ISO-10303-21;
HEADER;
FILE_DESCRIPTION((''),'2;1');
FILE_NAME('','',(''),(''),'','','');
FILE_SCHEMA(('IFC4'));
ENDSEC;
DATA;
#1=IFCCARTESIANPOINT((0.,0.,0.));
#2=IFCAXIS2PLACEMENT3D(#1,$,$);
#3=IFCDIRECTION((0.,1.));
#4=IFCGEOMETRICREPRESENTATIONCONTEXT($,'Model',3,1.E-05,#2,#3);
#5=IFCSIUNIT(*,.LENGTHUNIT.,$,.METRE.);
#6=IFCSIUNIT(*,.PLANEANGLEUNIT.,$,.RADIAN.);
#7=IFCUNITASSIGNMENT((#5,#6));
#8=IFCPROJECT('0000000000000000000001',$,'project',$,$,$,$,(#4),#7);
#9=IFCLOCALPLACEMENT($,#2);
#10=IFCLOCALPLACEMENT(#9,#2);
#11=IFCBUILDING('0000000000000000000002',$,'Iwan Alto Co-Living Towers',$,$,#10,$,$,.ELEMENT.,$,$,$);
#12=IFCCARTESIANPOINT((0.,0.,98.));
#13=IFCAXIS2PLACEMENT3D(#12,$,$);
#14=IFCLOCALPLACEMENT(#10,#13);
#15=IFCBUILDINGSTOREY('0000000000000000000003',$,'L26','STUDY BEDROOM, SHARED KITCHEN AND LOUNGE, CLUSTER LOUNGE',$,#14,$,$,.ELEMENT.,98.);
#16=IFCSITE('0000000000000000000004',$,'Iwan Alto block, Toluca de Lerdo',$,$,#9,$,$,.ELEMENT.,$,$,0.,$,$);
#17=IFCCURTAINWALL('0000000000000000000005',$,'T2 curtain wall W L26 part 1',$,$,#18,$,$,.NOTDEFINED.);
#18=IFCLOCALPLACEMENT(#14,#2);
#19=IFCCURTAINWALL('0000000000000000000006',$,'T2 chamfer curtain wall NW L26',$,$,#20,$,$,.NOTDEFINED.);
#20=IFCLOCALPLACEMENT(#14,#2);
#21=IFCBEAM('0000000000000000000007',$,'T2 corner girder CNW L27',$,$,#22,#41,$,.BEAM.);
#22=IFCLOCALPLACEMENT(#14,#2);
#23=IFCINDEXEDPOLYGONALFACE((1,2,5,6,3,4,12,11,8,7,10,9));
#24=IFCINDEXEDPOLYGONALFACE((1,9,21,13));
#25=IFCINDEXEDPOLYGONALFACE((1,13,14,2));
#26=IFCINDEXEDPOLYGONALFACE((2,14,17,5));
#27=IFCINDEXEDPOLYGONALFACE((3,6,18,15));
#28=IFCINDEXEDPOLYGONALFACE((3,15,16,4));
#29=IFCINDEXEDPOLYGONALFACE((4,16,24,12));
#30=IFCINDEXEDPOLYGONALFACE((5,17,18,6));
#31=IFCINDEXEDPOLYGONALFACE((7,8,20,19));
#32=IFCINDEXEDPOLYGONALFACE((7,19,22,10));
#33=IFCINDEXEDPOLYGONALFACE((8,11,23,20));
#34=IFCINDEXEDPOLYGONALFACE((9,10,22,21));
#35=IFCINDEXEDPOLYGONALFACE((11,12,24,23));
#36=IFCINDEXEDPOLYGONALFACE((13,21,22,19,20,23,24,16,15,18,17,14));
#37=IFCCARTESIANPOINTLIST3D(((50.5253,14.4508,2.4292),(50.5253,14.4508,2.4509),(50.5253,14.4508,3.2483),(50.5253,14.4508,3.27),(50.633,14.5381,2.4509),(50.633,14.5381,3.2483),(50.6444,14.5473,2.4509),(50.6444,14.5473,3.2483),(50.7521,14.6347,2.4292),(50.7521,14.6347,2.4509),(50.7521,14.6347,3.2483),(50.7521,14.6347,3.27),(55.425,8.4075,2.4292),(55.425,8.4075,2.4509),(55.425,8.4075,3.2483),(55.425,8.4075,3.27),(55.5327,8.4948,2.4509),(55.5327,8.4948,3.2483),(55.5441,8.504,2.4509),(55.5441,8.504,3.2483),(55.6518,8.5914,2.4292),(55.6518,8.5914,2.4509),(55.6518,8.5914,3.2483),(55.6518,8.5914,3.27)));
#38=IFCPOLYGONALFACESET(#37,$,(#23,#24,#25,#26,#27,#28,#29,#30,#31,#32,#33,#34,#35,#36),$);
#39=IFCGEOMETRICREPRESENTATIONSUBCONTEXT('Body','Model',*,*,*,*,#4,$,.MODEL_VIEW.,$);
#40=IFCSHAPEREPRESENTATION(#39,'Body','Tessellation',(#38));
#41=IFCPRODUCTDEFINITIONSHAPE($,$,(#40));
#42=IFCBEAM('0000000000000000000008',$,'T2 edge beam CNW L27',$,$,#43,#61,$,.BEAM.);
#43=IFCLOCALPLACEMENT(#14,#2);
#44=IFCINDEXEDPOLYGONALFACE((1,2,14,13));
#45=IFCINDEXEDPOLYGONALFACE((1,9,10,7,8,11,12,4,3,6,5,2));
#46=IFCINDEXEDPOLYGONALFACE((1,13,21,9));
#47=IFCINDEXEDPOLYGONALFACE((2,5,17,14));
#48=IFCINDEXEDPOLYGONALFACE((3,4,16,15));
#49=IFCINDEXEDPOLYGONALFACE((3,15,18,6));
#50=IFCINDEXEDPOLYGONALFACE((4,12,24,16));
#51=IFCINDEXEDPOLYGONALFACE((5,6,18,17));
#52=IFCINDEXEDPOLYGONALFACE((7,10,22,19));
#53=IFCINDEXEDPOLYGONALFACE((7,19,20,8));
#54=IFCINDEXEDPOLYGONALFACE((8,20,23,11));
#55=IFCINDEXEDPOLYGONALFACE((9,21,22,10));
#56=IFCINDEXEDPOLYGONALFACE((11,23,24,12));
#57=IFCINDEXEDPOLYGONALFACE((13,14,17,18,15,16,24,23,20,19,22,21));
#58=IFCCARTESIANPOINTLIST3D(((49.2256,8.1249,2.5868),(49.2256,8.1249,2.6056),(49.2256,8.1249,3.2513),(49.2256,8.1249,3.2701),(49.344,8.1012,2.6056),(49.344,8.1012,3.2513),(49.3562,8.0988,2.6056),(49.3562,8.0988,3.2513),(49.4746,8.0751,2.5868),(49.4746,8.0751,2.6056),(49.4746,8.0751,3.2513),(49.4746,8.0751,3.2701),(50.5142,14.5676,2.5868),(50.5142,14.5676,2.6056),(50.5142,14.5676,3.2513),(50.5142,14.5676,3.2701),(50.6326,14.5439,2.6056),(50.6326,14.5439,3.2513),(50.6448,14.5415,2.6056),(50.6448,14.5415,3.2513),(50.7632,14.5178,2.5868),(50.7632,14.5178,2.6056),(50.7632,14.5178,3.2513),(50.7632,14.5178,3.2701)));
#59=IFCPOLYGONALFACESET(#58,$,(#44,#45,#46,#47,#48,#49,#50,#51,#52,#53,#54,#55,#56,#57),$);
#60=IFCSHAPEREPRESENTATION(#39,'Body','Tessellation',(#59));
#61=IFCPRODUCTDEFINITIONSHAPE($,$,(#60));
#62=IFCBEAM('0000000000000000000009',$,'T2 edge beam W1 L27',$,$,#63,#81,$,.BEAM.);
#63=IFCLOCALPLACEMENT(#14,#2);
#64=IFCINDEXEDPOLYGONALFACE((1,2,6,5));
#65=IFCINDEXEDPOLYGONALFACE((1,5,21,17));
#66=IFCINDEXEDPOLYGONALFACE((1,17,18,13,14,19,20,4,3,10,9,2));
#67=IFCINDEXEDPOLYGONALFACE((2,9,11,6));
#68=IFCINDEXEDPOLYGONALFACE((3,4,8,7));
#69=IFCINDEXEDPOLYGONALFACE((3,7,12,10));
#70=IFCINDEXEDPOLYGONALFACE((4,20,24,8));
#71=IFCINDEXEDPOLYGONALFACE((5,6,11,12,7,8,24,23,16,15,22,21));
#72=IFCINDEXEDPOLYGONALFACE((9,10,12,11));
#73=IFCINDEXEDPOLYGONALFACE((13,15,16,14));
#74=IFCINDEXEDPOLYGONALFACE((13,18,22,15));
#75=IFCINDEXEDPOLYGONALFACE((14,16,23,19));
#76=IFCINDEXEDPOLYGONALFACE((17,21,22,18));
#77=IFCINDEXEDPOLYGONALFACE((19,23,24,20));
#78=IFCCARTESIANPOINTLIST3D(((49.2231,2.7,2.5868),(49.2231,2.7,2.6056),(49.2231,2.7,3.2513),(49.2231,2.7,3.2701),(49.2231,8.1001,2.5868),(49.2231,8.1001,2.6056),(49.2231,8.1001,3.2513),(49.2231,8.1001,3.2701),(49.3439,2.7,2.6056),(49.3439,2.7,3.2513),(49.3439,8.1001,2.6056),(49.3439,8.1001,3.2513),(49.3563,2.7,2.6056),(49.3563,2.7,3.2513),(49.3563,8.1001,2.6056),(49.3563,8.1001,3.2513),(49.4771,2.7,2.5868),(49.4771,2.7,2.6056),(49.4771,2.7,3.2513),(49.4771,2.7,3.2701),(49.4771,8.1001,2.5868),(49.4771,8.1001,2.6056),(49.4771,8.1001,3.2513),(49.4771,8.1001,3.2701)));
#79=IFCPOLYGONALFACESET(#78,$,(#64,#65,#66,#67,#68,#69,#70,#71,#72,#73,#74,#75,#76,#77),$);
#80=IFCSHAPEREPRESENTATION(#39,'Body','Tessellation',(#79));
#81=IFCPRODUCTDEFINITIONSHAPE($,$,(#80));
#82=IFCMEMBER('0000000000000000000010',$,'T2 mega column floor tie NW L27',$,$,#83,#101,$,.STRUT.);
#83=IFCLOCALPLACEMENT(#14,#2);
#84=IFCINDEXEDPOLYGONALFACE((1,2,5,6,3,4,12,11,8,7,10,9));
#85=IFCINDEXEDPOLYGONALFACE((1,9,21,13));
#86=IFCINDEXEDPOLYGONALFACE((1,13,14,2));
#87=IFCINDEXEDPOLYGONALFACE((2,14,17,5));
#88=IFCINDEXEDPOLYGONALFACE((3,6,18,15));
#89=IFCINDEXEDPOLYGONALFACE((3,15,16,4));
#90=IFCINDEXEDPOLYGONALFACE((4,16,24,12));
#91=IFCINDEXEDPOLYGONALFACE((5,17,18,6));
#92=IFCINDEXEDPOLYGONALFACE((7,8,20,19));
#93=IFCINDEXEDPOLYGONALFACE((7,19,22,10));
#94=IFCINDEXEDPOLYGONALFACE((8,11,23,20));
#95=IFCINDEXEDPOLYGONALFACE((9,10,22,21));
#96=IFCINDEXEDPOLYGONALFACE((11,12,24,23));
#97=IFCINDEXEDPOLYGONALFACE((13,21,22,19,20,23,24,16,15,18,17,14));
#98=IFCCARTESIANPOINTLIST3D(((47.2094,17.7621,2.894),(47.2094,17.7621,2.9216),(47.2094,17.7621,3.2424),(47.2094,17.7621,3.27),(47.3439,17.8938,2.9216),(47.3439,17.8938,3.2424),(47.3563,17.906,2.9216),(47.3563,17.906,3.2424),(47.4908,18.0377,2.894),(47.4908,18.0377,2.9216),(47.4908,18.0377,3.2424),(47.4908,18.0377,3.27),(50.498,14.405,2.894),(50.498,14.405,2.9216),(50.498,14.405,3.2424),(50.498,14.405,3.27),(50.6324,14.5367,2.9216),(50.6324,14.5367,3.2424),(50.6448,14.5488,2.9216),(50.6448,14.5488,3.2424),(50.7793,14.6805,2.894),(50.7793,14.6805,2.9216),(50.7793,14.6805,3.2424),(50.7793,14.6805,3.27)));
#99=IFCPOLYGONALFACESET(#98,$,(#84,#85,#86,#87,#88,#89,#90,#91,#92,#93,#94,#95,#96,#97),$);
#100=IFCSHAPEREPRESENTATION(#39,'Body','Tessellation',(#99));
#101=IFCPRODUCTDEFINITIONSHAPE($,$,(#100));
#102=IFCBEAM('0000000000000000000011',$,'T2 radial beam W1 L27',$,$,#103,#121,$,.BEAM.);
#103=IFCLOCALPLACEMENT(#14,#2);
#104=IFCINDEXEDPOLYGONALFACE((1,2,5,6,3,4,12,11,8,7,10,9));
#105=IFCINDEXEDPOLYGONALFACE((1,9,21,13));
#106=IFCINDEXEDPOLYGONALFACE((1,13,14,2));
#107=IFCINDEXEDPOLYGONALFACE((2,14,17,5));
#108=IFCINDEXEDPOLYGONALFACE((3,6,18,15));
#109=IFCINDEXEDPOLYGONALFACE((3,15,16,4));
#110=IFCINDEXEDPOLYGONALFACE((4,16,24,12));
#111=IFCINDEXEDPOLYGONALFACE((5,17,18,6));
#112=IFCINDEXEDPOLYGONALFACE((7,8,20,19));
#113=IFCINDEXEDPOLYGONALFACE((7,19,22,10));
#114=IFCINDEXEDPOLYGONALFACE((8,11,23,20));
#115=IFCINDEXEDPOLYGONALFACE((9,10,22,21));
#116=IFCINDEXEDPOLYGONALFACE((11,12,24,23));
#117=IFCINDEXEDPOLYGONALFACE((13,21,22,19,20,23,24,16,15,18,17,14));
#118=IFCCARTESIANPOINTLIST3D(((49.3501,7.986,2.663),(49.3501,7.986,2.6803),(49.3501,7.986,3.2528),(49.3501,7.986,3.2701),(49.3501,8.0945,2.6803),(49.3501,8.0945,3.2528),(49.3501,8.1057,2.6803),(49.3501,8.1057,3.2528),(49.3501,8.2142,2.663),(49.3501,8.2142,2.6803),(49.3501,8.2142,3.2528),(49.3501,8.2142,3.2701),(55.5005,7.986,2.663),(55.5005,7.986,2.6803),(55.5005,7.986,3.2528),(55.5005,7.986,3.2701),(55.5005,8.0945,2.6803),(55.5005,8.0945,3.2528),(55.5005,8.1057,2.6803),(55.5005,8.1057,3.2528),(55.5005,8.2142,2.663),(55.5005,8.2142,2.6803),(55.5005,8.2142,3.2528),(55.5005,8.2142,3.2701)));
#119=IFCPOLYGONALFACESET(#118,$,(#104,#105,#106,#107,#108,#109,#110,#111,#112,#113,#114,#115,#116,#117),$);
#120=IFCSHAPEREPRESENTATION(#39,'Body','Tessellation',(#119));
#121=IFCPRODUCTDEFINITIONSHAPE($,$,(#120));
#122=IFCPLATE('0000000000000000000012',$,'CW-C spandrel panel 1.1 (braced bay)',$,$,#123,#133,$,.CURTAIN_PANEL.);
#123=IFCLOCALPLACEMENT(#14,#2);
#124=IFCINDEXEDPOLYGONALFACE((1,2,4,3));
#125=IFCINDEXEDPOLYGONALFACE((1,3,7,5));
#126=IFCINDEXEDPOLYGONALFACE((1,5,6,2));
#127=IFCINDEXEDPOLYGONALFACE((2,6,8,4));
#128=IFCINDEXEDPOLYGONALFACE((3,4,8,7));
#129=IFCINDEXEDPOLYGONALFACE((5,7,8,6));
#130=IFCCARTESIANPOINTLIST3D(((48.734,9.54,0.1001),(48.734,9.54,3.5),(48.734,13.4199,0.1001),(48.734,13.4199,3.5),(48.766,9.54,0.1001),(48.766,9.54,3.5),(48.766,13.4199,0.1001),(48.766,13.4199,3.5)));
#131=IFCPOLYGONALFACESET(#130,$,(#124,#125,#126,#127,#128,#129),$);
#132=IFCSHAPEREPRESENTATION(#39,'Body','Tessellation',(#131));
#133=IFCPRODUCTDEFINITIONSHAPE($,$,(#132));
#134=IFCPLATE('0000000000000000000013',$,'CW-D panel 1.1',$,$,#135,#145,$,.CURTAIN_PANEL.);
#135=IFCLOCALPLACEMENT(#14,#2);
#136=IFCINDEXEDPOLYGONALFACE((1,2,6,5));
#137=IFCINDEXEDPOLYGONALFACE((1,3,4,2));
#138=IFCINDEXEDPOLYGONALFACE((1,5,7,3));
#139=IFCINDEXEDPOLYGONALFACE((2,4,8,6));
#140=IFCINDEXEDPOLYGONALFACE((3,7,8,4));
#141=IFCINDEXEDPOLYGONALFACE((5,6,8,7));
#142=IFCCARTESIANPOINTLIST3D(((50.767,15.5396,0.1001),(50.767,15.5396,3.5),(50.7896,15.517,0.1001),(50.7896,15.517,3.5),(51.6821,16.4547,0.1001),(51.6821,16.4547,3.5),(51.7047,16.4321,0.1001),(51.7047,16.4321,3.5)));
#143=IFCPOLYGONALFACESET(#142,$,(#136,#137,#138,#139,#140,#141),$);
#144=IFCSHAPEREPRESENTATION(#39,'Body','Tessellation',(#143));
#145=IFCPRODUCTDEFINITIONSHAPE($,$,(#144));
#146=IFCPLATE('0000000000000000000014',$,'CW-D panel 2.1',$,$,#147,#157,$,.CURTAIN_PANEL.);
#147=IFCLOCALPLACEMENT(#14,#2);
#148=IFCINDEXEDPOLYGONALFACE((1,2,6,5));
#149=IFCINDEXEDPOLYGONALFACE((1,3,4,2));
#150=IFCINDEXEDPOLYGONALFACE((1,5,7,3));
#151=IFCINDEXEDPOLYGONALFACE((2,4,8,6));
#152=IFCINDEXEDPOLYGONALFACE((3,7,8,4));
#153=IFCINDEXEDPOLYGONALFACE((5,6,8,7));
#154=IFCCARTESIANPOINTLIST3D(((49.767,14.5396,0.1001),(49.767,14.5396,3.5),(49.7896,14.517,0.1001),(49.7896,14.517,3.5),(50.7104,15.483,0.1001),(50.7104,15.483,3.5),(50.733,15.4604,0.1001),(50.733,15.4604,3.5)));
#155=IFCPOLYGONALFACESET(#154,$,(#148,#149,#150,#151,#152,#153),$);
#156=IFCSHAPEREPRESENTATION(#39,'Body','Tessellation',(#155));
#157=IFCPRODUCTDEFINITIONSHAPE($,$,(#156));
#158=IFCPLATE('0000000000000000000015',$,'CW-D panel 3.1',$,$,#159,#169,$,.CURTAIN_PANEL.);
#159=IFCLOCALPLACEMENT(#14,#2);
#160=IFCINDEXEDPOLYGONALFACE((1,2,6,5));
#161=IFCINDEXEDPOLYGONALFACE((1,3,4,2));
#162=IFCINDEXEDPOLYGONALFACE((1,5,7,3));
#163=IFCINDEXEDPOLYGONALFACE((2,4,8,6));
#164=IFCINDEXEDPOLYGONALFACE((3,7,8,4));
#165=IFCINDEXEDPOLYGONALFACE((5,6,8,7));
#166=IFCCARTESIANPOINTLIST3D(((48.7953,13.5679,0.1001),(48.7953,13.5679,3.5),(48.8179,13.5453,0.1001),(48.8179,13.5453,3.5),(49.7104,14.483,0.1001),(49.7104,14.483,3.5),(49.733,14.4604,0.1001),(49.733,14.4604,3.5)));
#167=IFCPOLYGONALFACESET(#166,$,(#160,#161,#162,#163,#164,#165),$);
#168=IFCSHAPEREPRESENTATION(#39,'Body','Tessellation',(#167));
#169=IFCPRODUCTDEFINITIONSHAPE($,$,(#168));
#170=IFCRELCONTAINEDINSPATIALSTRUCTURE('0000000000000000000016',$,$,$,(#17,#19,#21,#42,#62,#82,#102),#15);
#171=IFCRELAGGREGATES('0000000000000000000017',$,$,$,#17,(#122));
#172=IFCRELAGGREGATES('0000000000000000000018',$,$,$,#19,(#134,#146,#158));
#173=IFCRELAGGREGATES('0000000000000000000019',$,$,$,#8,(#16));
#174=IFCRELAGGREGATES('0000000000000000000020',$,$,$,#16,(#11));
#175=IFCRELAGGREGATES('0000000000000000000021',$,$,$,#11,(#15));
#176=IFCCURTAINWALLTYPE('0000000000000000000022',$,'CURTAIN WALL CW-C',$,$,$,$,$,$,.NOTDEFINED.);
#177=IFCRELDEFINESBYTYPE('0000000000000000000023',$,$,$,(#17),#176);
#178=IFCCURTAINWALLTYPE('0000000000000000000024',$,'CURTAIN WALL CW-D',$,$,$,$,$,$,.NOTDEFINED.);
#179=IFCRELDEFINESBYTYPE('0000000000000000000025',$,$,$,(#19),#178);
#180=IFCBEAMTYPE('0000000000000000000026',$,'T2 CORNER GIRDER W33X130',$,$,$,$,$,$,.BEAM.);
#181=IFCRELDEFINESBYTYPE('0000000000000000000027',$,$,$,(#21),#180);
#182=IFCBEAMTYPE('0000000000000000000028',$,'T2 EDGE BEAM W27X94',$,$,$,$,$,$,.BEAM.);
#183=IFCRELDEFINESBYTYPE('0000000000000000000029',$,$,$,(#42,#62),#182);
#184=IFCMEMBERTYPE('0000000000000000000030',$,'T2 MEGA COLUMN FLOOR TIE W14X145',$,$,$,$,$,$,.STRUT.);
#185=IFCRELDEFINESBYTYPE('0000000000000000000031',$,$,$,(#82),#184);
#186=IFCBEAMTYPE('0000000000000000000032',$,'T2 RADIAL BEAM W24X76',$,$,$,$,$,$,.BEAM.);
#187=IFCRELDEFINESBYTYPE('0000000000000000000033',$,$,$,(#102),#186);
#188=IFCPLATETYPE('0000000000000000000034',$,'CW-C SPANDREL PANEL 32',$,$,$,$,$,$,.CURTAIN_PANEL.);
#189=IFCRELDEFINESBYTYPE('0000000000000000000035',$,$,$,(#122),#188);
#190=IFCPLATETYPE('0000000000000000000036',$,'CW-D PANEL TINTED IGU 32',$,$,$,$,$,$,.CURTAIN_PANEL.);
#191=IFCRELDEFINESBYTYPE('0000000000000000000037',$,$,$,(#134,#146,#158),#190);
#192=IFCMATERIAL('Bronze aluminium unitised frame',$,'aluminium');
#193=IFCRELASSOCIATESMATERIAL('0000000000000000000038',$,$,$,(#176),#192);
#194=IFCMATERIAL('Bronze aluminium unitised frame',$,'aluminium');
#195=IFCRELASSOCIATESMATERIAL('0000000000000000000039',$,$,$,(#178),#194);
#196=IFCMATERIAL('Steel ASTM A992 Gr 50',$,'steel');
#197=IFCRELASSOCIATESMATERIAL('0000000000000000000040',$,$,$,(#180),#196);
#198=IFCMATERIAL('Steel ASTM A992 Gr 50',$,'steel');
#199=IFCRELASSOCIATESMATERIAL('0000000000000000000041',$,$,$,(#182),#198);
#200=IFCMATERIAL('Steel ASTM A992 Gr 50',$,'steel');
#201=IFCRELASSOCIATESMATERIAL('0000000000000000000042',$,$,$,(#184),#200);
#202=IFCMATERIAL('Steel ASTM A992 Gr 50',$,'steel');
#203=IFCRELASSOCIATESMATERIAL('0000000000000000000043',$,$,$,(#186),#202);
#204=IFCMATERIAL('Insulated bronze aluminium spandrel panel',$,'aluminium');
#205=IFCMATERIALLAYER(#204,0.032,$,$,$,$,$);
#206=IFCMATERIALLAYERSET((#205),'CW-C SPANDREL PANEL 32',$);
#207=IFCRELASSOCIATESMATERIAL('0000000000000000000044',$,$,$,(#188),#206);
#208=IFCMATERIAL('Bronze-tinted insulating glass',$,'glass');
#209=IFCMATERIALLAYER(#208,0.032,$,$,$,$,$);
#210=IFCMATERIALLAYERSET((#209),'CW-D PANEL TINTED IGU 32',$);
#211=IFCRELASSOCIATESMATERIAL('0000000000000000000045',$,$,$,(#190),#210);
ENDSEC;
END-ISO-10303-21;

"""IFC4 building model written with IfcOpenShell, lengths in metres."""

from ifc_helpers import new_model, si_unit, direction, frame, origin, origin_2d, place, context, subcontext, project, spatial, rectangle, i_section, extrude, material, layer, layer_set, material_profile, profile_set, type_object, element, aggregate, save


model = new_model("IFC4")

# Units and contexts
model_context = context("Model", 3, precision=1e-05, world=origin(), true_north=direction((0.0, 1.0)))
body_context = subcontext(model_context, "Body", "Model", "MODEL_VIEW")
ifc_project = project(units=[si_unit("LENGTHUNIT", "METRE"), si_unit("PLANEANGLEUNIT", "RADIAN")], contexts=[model_context])

# Site, building, storey
site_placement = place(None, origin())
site = spatial("IfcSite", under=ifc_project, at=site_placement, Name="Iwan Alto block, Toluca de Lerdo", CompositionType="ELEMENT", RefElevation=0.0)
building_placement = place(site_placement, origin())
building = spatial("IfcBuilding", under=site, at=building_placement, Name="Iwan Alto Co-Living Towers", CompositionType="ELEMENT")
storey_placement = place(building_placement, frame((0.0, 0.0, 98.0)))
storey = spatial("IfcBuildingStorey", under=building, at=storey_placement, Name="L26", Description="STUDY BEDROOM, SHARED KITCHEN AND LOUNGE, CLUSTER LOUNGE", CompositionType="ELEMENT", Elevation=98.0)

# Curtain walls
ifc_material_1 = material(Name="Bronze aluminium unitised frame", Category="aluminium")
curtain_wall_type_1 = type_object("IfcCurtainWallType", Name="CURTAIN WALL CW-C", PredefinedType="NOTDEFINED", material=ifc_material_1)
curtain_wall_1_placement = place(storey_placement, origin())
curtain_wall_1 = element("IfcCurtainWall", 1, at=curtain_wall_1_placement, inside=storey, type_object=curtain_wall_type_1, Name="T2 curtain wall W L26 part 1", PredefinedType="NOTDEFINED")
ifc_material_2 = material(Name="Bronze aluminium unitised frame", Category="aluminium")
curtain_wall_type_2 = type_object("IfcCurtainWallType", Name="CURTAIN WALL CW-D", PredefinedType="NOTDEFINED", material=ifc_material_2)
curtain_wall_2_placement = place(storey_placement, origin())
curtain_wall_2 = element("IfcCurtainWall", 2, at=curtain_wall_2_placement, inside=storey, type_object=curtain_wall_type_2, Name="T2 chamfer curtain wall NW L26", PredefinedType="NOTDEFINED")

# Beams
ifc_material_3 = material(Name="Steel ASTM A992 Gr 50", Category="steel")
ifc_material_profile_1 = material_profile(ifc_material_3, i_section(OverallWidth=0.292, OverallDepth=0.8408, WebThickness=0.0146, FlangeThickness=0.0217, at=origin_2d()), Name="W33X130")
ifc_profile_set_1 = profile_set([ifc_material_profile_1], Name="Steel ASTM A992 Gr 50")
beam_type_1 = type_object("IfcBeamType", Name="T2 CORNER GIRDER W33X130", PredefinedType="BEAM", material=ifc_profile_set_1)
beam_1_placement = place(storey_placement, frame((50.6387, 14.5427, 2.8496), z_axis=(0.629783, -0.776771, 0.0), x_axis=(0.776771, 0.629783, 0.0)))
element("IfcBeam", 3, at=beam_1_placement, inside=storey, type_object=beam_type_1, Name="T2 corner girder CNW L27", PredefinedType="BEAM", context=body_context, shape_type="SweptSolid", body=[
    extrude(i_section(OverallWidth=0.292, OverallDepth=0.8408, WebThickness=0.0146, FlangeThickness=0.0217, at=origin_2d()), origin(), (0.0, 0.0, 1.0), 7.78),
])
ifc_material_4 = material(Name="Steel ASTM A992 Gr 50", Category="steel")
ifc_material_profile_2 = material_profile(ifc_material_4, i_section(OverallWidth=0.2539, OverallDepth=0.6833, WebThickness=0.0125, FlangeThickness=0.0188, at=origin_2d()), Name="W27X94")
ifc_profile_set_2 = profile_set([ifc_material_profile_2], Name="Steel ASTM A992 Gr 50")
beam_type_2 = type_object("IfcBeamType", Name="T2 EDGE BEAM W27X94", PredefinedType="BEAM", material=ifc_profile_set_2)
beam_2_placement = place(storey_placement, frame((50.6387, 14.5427, 2.9285), z_axis=(-0.196123, -0.980579, 0.0), x_axis=(0.980579, -0.196123, 0.0)))
element("IfcBeam", 4, at=beam_2_placement, inside=storey, type_object=beam_type_2, Name="T2 edge beam CNW L27", PredefinedType="BEAM", context=body_context, shape_type="SweptSolid", body=[
    extrude(i_section(OverallWidth=0.2539, OverallDepth=0.6833, WebThickness=0.0125, FlangeThickness=0.0188, at=origin_2d()), origin(), (0.0, 0.0, 1.0), 6.5703),
])
beam_3_placement = place(storey_placement, frame((49.3501, 8.1001, 2.9285), z_axis=(0.0, -1.0, 0.0), x_axis=(1.0, 0.0, 0.0)))
element("IfcBeam", 5, at=beam_3_placement, inside=storey, type_object=beam_type_2, Name="T2 edge beam W1 L27", PredefinedType="BEAM", context=body_context, shape_type="SweptSolid", body=[
    extrude(i_section(OverallWidth=0.2539, OverallDepth=0.6833, WebThickness=0.0125, FlangeThickness=0.0188, at=origin_2d()), origin(), (0.0, 0.0, 1.0), 5.4001),
])

# Member
ifc_material_5 = material(Name="Steel ASTM A992 Gr 50", Category="steel")
ifc_material_profile_3 = material_profile(ifc_material_5, i_section(OverallWidth=0.3938, OverallDepth=0.376, WebThickness=0.0173, FlangeThickness=0.0276, at=origin_2d()), Name="W14X145")
ifc_profile_set_3 = profile_set([ifc_material_profile_3], Name="Steel ASTM A992 Gr 50")
member_type_1 = type_object("IfcMemberType", Name="T2 MEGA COLUMN FLOOR TIE W14X145", PredefinedType="STRUT", material=ifc_profile_set_3)
member_1_placement = place(storey_placement, frame((47.3501, 17.8999, 3.082), z_axis=(0.69977, -0.714368, 0.0), x_axis=(0.714368, 0.69977, 0.0)))
element("IfcMember", 6, at=member_1_placement, inside=storey, type_object=member_type_1, Name="T2 mega column floor tie NW L27", PredefinedType="STRUT", context=body_context, shape_type="SweptSolid", body=[
    extrude(i_section(OverallWidth=0.3938, OverallDepth=0.376, WebThickness=0.0173, FlangeThickness=0.0276, at=origin_2d()), origin(), (0.0, 0.0, 1.0), 4.6995),
])

# Beam
ifc_material_6 = material(Name="Steel ASTM A992 Gr 50", Category="steel")
ifc_material_profile_4 = material_profile(ifc_material_6, i_section(OverallWidth=0.2283, OverallDepth=0.6072, WebThickness=0.0112, FlangeThickness=0.0173, at=origin_2d()), Name="W24X76")
ifc_profile_set_4 = profile_set([ifc_material_profile_4], Name="Steel ASTM A992 Gr 50")
beam_type_3 = type_object("IfcBeamType", Name="T2 RADIAL BEAM W24X76", PredefinedType="BEAM", material=ifc_profile_set_4)
beam_4_placement = place(storey_placement, frame((49.3501, 8.1001, 2.9666), z_axis=(1.0, 0.0, 0.0), x_axis=(0.0, 1.0, 0.0)))
element("IfcBeam", 7, at=beam_4_placement, inside=storey, type_object=beam_type_3, Name="T2 radial beam W1 L27", PredefinedType="BEAM", context=body_context, shape_type="SweptSolid", body=[
    extrude(i_section(OverallWidth=0.2283, OverallDepth=0.6072, WebThickness=0.0112, FlangeThickness=0.0173, at=origin_2d()), origin(), (0.0, 0.0, 1.0), 6.1504),
])

# Plates
ifc_material_7 = material(Name="Insulated bronze aluminium spandrel panel", Category="aluminium")
ifc_layer_1 = layer(ifc_material_7, 0.032)
ifc_layer_set_1 = layer_set([ifc_layer_1], Name="CW-C SPANDREL PANEL 32")
plate_type_1 = type_object("IfcPlateType", Name="CW-C SPANDREL PANEL 32", PredefinedType="CURTAIN_PANEL", material=ifc_layer_set_1)
plate_1_placement = place(storey_placement, frame((48.75, 11.48, 0.1001), z_axis=(0.0, 0.0, 1.0), x_axis=(0.0, -1.0, 0.0)))
plate_1 = element("IfcPlate", 8, at=plate_1_placement, type_object=plate_type_1, Name="CW-C spandrel panel 1.1 (braced bay)", PredefinedType="CURTAIN_PANEL", context=body_context, shape_type="SweptSolid", body=[
    extrude(rectangle(XDim=3.8799, YDim=0.032, at=origin_2d()), origin(), (0.0, 0.0, 1.0), 3.3999),
])
aggregate(curtain_wall_1, [plate_1])
ifc_material_8 = material(Name="Bronze-tinted insulating glass", Category="glass")
ifc_layer_2 = layer(ifc_material_8, 0.032)
ifc_layer_set_2 = layer_set([ifc_layer_2], Name="CW-D PANEL TINTED IGU 32")
plate_type_2 = type_object("IfcPlateType", Name="CW-D PANEL TINTED IGU 32", PredefinedType="CURTAIN_PANEL", material=ifc_layer_set_2)
plate_2_placement = place(storey_placement, frame((51.2358, 15.9858, 0.1001), z_axis=(0.0, 0.0, 1.0), x_axis=(-0.707107, -0.707107, 0.0)))
plate_2 = element("IfcPlate", 9, at=plate_2_placement, type_object=plate_type_2, Name="CW-D panel 1.1", PredefinedType="CURTAIN_PANEL", context=body_context, shape_type="SweptSolid", body=[
    extrude(rectangle(XDim=1.2942, YDim=0.032, at=origin_2d()), origin(), (0.0, 0.0, 1.0), 3.3999),
])
plate_3_placement = place(storey_placement, frame((50.25, 15.0, 0.1001), z_axis=(0.0, 0.0, 1.0), x_axis=(-0.707107, -0.707107, 0.0)))
plate_3 = element("IfcPlate", 10, at=plate_3_placement, type_object=plate_type_2, Name="CW-D panel 2.1", PredefinedType="CURTAIN_PANEL", context=body_context, shape_type="SweptSolid", body=[
    extrude(rectangle(XDim=1.3342, YDim=0.032, at=origin_2d()), origin(), (0.0, 0.0, 1.0), 3.3999),
])
plate_4_placement = place(storey_placement, frame((49.2642, 14.0142, 0.1001), z_axis=(0.0, 0.0, 1.0), x_axis=(-0.707107, -0.707107, 0.0)))
plate_4 = element("IfcPlate", 11, at=plate_4_placement, type_object=plate_type_2, Name="CW-D panel 3.1", PredefinedType="CURTAIN_PANEL", context=body_context, shape_type="SweptSolid", body=[
    extrude(rectangle(XDim=1.2942, YDim=0.032, at=origin_2d()), origin(), (0.0, 0.0, 1.0), 3.3999),
])
aggregate(curtain_wall_2, [plate_2, plate_3, plate_4])

save(model, "model.ifc")
